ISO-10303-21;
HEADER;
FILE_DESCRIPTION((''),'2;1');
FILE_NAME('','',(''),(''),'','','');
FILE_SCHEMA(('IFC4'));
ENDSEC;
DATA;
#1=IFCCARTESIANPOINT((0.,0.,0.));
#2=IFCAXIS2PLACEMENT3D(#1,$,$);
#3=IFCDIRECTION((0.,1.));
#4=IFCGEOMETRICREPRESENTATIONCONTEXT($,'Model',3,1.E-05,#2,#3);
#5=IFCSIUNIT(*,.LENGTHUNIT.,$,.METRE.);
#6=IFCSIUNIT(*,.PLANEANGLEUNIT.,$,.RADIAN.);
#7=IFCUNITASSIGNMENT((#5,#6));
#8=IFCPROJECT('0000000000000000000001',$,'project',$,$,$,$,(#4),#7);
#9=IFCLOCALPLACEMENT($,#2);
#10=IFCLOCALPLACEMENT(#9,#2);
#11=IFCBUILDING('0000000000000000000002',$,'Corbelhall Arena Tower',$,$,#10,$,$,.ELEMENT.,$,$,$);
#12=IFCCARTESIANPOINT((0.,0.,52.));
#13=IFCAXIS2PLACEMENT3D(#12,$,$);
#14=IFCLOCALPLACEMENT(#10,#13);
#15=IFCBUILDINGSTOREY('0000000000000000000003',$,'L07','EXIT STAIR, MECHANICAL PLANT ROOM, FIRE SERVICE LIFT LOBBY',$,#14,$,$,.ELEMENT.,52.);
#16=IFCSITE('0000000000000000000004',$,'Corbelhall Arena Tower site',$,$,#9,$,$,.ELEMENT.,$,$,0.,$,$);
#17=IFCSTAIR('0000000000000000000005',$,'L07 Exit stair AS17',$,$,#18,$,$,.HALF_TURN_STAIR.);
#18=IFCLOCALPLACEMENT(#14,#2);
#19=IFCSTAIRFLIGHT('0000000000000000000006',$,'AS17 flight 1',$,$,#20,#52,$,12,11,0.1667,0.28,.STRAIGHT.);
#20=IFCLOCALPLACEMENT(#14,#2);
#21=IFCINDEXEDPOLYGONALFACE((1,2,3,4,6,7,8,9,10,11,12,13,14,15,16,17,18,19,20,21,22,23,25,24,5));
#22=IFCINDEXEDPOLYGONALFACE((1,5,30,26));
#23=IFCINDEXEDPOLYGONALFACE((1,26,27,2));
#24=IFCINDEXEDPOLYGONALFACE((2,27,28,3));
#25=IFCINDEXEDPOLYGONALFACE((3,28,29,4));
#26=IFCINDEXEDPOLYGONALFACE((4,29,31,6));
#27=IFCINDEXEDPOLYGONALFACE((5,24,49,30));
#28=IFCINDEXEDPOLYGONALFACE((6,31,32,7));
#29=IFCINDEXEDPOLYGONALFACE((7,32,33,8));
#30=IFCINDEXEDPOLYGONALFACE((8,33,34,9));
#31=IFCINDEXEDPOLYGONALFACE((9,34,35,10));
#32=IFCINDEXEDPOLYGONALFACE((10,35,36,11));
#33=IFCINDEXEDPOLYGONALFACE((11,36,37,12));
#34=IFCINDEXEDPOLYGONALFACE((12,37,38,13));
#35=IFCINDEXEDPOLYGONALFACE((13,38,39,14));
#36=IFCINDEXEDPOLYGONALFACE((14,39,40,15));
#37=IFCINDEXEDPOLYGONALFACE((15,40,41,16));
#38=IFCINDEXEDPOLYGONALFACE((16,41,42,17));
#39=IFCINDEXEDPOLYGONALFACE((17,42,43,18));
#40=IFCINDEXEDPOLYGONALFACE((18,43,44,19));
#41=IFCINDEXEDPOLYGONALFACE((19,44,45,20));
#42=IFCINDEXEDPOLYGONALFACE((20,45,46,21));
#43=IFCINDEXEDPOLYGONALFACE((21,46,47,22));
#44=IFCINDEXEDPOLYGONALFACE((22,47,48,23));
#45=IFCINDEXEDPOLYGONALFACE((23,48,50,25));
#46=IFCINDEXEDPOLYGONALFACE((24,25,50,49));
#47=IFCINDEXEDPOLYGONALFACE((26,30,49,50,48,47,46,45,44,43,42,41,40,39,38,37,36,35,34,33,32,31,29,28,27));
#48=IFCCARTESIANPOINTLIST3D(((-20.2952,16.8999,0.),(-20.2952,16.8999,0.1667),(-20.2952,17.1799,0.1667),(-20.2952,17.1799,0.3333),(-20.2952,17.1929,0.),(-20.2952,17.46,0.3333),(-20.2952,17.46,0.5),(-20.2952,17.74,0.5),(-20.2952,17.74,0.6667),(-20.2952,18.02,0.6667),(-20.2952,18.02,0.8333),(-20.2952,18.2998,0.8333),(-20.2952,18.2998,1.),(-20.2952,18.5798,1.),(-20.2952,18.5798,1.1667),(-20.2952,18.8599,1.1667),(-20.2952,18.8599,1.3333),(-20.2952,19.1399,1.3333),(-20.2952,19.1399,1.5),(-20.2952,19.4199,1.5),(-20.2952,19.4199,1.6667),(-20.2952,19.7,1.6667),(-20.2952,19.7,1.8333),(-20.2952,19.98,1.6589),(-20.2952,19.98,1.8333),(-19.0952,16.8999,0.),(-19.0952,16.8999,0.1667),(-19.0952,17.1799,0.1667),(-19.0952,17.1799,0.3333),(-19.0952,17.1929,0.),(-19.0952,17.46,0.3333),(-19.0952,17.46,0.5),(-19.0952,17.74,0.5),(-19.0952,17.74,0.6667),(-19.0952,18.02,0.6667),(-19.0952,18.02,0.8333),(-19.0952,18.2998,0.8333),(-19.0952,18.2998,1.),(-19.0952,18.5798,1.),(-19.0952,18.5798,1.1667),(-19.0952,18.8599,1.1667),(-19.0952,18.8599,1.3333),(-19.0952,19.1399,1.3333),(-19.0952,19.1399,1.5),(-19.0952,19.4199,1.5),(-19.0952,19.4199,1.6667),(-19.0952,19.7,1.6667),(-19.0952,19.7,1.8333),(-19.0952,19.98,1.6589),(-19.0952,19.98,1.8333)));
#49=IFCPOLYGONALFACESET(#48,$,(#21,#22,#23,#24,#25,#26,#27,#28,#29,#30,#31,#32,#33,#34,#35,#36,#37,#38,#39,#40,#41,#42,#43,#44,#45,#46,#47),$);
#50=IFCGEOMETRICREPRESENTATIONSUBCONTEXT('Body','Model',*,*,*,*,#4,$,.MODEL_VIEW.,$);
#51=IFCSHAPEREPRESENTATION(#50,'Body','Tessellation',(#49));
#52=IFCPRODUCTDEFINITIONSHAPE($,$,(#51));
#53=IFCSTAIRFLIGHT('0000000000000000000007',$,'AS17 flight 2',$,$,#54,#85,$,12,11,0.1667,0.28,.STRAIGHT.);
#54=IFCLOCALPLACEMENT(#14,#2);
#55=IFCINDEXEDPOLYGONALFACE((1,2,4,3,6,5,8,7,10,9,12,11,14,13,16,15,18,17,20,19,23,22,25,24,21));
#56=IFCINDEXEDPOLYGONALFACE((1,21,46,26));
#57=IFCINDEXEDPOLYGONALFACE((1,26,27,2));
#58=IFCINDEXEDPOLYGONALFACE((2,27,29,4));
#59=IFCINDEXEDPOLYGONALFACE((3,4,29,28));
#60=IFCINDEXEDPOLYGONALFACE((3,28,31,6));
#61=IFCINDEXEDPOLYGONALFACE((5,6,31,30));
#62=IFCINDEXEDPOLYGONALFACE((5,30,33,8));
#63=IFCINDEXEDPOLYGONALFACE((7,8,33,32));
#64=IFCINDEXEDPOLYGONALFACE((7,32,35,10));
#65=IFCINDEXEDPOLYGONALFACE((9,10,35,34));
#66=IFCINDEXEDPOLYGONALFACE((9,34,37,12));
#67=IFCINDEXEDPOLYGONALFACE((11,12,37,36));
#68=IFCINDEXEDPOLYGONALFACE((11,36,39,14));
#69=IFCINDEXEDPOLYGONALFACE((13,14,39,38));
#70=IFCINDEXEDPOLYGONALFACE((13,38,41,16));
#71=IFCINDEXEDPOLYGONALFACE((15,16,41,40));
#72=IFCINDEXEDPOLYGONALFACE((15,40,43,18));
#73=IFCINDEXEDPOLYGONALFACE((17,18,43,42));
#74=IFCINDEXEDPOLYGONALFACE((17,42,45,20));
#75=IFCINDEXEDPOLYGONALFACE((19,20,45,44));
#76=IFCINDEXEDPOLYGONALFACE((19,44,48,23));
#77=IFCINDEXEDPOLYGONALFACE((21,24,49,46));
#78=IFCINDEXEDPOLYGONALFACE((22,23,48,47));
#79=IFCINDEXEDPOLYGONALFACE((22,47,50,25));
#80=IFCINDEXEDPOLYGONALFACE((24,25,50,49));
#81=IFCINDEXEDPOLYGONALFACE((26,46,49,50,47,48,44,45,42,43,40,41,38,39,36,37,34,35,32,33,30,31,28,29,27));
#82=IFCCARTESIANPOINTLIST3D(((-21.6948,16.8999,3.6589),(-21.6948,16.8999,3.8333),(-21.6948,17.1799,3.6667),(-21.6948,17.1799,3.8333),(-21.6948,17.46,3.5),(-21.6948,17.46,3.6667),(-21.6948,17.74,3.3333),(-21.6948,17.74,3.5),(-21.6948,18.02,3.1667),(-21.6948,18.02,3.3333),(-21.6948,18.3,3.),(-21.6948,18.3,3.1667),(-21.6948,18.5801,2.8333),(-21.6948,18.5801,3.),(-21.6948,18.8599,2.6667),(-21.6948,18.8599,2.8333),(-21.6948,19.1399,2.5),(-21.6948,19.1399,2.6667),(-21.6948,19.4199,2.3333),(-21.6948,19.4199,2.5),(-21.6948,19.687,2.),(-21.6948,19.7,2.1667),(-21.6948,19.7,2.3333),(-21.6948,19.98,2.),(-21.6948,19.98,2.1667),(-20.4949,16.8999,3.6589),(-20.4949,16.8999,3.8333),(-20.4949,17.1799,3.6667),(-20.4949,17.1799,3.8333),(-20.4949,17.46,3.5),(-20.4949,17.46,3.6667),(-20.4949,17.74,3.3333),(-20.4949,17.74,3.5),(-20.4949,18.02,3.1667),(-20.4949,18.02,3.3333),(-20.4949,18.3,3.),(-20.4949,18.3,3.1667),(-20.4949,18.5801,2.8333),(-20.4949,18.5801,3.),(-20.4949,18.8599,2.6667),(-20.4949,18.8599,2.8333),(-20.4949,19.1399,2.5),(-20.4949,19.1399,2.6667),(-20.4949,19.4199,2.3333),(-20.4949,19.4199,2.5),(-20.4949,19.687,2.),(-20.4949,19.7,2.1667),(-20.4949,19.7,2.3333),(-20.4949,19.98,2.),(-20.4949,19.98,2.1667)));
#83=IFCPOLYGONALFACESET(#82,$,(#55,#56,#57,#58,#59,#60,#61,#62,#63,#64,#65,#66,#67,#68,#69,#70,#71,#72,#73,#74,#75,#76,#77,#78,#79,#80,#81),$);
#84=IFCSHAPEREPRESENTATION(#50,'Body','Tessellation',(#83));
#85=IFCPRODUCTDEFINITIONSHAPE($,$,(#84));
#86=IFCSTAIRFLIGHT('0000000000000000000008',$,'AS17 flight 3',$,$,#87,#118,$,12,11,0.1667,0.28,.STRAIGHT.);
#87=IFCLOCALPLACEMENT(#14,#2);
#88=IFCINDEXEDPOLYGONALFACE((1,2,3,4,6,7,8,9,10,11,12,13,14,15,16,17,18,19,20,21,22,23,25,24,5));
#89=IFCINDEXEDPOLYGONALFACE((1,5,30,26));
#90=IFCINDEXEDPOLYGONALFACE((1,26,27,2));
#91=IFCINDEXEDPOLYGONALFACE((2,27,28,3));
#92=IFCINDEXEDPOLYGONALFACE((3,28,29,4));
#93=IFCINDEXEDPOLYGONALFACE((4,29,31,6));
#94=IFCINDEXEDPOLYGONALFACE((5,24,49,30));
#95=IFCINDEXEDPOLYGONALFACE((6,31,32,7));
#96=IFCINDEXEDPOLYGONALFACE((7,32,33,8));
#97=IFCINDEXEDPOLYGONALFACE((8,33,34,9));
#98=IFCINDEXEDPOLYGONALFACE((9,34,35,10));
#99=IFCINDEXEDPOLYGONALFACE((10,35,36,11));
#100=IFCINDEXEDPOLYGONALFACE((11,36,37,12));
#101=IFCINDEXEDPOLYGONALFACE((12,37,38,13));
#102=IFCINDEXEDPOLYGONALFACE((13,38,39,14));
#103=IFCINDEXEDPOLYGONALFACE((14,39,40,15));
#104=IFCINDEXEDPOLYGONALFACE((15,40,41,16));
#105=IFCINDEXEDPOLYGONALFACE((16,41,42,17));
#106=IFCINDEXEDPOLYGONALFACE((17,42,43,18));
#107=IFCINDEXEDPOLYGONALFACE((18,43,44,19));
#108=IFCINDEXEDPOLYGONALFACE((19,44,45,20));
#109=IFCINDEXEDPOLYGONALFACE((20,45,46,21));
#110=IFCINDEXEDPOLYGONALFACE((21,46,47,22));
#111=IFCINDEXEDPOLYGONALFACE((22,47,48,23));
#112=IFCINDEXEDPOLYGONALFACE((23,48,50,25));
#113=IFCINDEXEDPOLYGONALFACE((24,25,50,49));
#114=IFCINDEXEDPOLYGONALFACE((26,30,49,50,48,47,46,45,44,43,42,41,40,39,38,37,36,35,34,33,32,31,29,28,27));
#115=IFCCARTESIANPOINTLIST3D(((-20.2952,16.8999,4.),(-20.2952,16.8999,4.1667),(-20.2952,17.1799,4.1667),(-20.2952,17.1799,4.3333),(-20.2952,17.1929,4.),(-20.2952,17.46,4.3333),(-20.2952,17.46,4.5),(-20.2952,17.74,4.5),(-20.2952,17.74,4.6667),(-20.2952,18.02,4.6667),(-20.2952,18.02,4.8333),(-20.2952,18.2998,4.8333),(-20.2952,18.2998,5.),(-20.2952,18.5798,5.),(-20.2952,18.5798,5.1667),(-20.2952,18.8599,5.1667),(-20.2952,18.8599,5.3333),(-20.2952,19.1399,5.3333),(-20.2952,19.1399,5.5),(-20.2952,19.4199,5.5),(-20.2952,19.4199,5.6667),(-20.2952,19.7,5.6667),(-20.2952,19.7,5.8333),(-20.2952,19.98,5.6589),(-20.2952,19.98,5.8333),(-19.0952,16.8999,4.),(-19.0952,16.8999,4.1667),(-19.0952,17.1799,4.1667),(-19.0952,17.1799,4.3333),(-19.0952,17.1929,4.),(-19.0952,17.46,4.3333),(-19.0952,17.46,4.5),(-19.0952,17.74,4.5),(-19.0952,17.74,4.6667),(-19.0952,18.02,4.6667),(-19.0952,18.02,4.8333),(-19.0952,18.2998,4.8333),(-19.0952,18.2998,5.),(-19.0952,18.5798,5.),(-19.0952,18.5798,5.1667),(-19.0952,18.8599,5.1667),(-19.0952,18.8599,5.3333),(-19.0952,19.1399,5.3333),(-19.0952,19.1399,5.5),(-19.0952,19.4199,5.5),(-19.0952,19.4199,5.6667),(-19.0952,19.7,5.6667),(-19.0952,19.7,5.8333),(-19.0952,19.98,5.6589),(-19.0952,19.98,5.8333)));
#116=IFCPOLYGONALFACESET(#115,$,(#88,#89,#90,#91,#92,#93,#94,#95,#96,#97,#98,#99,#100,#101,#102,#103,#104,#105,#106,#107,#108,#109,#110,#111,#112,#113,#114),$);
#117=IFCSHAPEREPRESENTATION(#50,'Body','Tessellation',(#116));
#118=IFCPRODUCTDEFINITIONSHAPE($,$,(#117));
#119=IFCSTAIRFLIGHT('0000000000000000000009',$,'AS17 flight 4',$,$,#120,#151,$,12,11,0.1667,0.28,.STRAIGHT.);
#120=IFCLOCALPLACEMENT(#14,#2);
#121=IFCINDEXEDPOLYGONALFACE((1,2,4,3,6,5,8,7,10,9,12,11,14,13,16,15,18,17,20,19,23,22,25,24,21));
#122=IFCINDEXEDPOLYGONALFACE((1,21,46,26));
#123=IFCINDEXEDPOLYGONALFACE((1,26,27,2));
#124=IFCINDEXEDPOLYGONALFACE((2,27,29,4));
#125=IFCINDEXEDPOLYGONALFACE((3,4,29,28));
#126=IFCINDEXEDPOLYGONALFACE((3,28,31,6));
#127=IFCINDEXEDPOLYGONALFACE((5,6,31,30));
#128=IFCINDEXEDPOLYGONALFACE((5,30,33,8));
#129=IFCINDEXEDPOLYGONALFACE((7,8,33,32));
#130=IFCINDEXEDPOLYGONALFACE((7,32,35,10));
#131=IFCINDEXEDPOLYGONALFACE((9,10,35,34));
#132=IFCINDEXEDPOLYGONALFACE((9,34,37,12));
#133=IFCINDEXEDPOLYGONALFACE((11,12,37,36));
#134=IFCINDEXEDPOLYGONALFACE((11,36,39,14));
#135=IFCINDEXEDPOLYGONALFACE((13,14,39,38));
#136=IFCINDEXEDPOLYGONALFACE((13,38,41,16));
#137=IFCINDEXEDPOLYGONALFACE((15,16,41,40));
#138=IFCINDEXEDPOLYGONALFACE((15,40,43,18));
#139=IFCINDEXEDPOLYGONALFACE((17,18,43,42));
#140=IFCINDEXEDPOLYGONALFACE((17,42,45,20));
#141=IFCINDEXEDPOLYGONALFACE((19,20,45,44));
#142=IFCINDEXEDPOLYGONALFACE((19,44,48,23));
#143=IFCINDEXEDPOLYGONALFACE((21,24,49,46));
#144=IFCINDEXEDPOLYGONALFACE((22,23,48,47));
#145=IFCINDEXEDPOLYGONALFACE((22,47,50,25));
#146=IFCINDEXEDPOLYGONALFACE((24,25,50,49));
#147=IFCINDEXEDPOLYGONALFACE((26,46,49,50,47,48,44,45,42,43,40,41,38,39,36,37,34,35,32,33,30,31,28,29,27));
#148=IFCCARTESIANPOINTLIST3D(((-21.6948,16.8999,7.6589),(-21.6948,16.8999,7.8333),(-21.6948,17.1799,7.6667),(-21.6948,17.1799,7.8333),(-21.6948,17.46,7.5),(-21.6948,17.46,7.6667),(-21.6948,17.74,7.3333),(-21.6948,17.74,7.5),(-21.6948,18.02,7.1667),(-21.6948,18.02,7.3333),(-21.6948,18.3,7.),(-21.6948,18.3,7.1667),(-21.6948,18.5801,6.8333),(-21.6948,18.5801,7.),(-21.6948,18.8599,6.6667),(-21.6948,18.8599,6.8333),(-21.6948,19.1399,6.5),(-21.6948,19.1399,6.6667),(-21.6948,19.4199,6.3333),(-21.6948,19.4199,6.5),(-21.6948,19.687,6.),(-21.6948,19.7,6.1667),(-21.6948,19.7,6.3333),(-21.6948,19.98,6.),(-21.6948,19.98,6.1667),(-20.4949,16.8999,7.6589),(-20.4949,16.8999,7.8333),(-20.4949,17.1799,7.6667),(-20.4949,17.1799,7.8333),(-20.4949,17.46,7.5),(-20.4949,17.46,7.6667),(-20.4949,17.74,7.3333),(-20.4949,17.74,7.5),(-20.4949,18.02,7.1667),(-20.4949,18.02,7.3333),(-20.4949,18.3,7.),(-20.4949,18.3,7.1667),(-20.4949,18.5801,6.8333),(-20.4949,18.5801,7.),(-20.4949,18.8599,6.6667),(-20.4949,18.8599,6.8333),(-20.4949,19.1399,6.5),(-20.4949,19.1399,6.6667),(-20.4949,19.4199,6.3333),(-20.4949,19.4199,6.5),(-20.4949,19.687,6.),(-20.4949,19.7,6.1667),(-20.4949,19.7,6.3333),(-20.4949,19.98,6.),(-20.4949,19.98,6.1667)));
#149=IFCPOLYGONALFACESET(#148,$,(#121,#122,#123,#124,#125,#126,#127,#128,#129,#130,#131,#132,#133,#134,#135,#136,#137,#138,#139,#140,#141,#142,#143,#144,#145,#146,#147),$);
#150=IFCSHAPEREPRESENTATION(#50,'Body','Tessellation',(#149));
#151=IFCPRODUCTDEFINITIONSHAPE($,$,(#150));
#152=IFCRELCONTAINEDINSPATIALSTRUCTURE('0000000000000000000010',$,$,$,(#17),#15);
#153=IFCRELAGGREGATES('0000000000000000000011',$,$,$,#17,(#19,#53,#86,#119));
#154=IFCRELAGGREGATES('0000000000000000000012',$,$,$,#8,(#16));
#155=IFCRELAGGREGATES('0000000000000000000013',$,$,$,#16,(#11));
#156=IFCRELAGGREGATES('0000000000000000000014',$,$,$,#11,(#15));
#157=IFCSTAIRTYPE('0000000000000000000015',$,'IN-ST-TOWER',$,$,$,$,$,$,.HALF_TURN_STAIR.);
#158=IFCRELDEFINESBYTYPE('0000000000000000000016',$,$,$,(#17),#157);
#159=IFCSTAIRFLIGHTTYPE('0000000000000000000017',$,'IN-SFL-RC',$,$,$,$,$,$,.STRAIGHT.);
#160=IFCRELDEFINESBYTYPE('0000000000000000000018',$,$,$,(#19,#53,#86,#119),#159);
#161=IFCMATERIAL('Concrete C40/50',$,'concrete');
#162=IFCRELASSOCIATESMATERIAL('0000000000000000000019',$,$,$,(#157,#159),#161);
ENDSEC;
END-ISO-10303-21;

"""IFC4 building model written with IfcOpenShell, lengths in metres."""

from ifc_helpers import new_model, si_unit, direction, frame, origin, place, context, subcontext, project, spatial, polyline, outline, extrude, material, type_object, element, aggregate, save


model = new_model("IFC4")

# Units and contexts
model_context = context("Model", 3, precision=1e-05, world=origin(), true_north=direction((0.0, 1.0)))
body_context = subcontext(model_context, "Body", "Model", "MODEL_VIEW")
ifc_project = project(units=[si_unit("LENGTHUNIT", "METRE"), si_unit("PLANEANGLEUNIT", "RADIAN")], contexts=[model_context])

# Site, building, storey
site_placement = place(None, origin())
site = spatial("IfcSite", under=ifc_project, at=site_placement, Name="Corbelhall Arena Tower site", CompositionType="ELEMENT", RefElevation=0.0)
building_placement = place(site_placement, origin())
building = spatial("IfcBuilding", under=site, at=building_placement, Name="Corbelhall Arena Tower", CompositionType="ELEMENT")
storey_placement = place(building_placement, frame((0.0, 0.0, 52.0)))
storey = spatial("IfcBuildingStorey", under=building, at=storey_placement, Name="L07", Description="EXIT STAIR, MECHANICAL PLANT ROOM, FIRE SERVICE LIFT LOBBY", CompositionType="ELEMENT", Elevation=52.0)

# Shared definitions
ifc_material_1 = material(Name="Concrete C40/50", Category="concrete")

# Stair, stair flights
stair_type = type_object("IfcStairType", Name="IN-ST-TOWER", PredefinedType="HALF_TURN_STAIR", material=ifc_material_1)
stair_placement = place(storey_placement, origin())
stair = element("IfcStair", 1, at=stair_placement, inside=storey, type_object=stair_type, Name="L07 Exit stair AS17", PredefinedType="HALF_TURN_STAIR")
stair_flight_type = type_object("IfcStairFlightType", Name="IN-SFL-RC", PredefinedType="STRAIGHT", material=ifc_material_1)
stair_flight_1_placement = place(storey_placement, frame((-19.6951, 16.8999, 0.0), z_axis=(0.0, 0.0, 1.0), x_axis=(0.0, 1.0, 0.0)))
stair_flight_1 = element("IfcStairFlight", 2, at=stair_flight_1_placement, type_object=stair_flight_type, Name="AS17 flight 1", NumberOfRisers=12, NumberOfTreads=11, PredefinedType="STRAIGHT", RiserHeight=0.1667, TreadLength=0.28, context=body_context, shape_type="SweptSolid", body=[
    extrude(outline(polyline([(0.0, 0.0), (0.0, 0.1667), (0.28, 0.1667), (0.28, 0.3333), (0.5601, 0.3333), (0.5601, 0.5), (0.8401, 0.5), (0.8401, 0.6667), (1.1201, 0.6667), (1.1201, 0.8333), (1.3999, 0.8333), (1.3999, 1.0), (1.6799, 1.0), (1.6799, 1.1667), (1.96, 1.1667), (1.96, 1.3333), (2.24, 1.3333), (2.24, 1.5), (2.52, 1.5), (2.52, 1.6667), (2.8, 1.6667), (2.8, 1.8333), (3.0801, 1.8333), (3.0801, 2.0), (3.0801, 1.6589), (0.293, 0.0), (0.0, 0.0)])), frame((0.0, 0.6001, 0.0), z_axis=(0.0, -1.0, 0.0), x_axis=(1.0, 0.0, 0.0)), (0.0, 0.0, 1.0), 1.2),
])
stair_flight_2_placement = place(storey_placement, frame((-21.095, 19.98, 2.0), z_axis=(0.0, 0.0, 1.0), x_axis=(0.0, -1.0, 0.0)))
stair_flight_2 = element("IfcStairFlight", 3, at=stair_flight_2_placement, type_object=stair_flight_type, Name="AS17 flight 2", NumberOfRisers=12, NumberOfTreads=11, PredefinedType="STRAIGHT", RiserHeight=0.1667, TreadLength=0.28, context=body_context, shape_type="SweptSolid", body=[
    extrude(outline(polyline([(0.0, 0.0), (0.0, 0.1667), (0.28, 0.1667), (0.28, 0.3333), (0.5601, 0.3333), (0.5601, 0.5), (0.8401, 0.5), (0.8401, 0.6667), (1.1201, 0.6667), (1.1201, 0.8333), (1.3999, 0.8333), (1.3999, 1.0), (1.6799, 1.0), (1.6799, 1.1667), (1.96, 1.1667), (1.96, 1.3333), (2.24, 1.3333), (2.24, 1.5), (2.52, 1.5), (2.52, 1.6667), (2.8, 1.6667), (2.8, 1.8333), (3.0801, 1.8333), (3.0801, 2.0), (3.0801, 1.6589), (0.293, 0.0), (0.0, 0.0)])), frame((0.0, 0.6001, 0.0), z_axis=(0.0, -1.0, 0.0), x_axis=(1.0, 0.0, 0.0)), (0.0, 0.0, 1.0), 1.2),
])
stair_flight_3_placement = place(storey_placement, frame((-19.6951, 16.8999, 4.0), z_axis=(0.0, 0.0, 1.0), x_axis=(0.0, 1.0, 0.0)))
stair_flight_3 = element("IfcStairFlight", 4, at=stair_flight_3_placement, type_object=stair_flight_type, Name="AS17 flight 3", NumberOfRisers=12, NumberOfTreads=11, PredefinedType="STRAIGHT", RiserHeight=0.1667, TreadLength=0.28, context=body_context, shape_type="SweptSolid", body=[
    extrude(outline(polyline([(0.0, 0.0), (0.0, 0.1667), (0.28, 0.1667), (0.28, 0.3333), (0.5601, 0.3333), (0.5601, 0.5), (0.8401, 0.5), (0.8401, 0.6667), (1.1201, 0.6667), (1.1201, 0.8333), (1.3999, 0.8333), (1.3999, 1.0), (1.6799, 1.0), (1.6799, 1.1667), (1.96, 1.1667), (1.96, 1.3333), (2.24, 1.3333), (2.24, 1.5), (2.52, 1.5), (2.52, 1.6667), (2.8, 1.6667), (2.8, 1.8333), (3.0801, 1.8333), (3.0801, 2.0), (3.0801, 1.6589), (0.293, 0.0), (0.0, 0.0)])), frame((0.0, 0.6001, 0.0), z_axis=(0.0, -1.0, 0.0), x_axis=(1.0, 0.0, 0.0)), (0.0, 0.0, 1.0), 1.2),
])
stair_flight_4_placement = place(storey_placement, frame((-21.095, 19.98, 6.0), z_axis=(0.0, 0.0, 1.0), x_axis=(0.0, -1.0, 0.0)))
stair_flight_4 = element("IfcStairFlight", 5, at=stair_flight_4_placement, type_object=stair_flight_type, Name="AS17 flight 4", NumberOfRisers=12, NumberOfTreads=11, PredefinedType="STRAIGHT", RiserHeight=0.1667, TreadLength=0.28, context=body_context, shape_type="SweptSolid", body=[
    extrude(outline(polyline([(0.0, 0.0), (0.0, 0.1667), (0.28, 0.1667), (0.28, 0.3333), (0.5601, 0.3333), (0.5601, 0.5), (0.8401, 0.5), (0.8401, 0.6667), (1.1201, 0.6667), (1.1201, 0.8333), (1.3999, 0.8333), (1.3999, 1.0), (1.6799, 1.0), (1.6799, 1.1667), (1.96, 1.1667), (1.96, 1.3333), (2.24, 1.3333), (2.24, 1.5), (2.52, 1.5), (2.52, 1.6667), (2.8, 1.6667), (2.8, 1.8333), (3.0801, 1.8333), (3.0801, 2.0), (3.0801, 1.6589), (0.293, 0.0), (0.0, 0.0)])), frame((0.0, 0.6001, 0.0), z_axis=(0.0, -1.0, 0.0), x_axis=(1.0, 0.0, 0.0)), (0.0, 0.0, 1.0), 1.2),
])
aggregate(stair, [stair_flight_1, stair_flight_2, stair_flight_3, stair_flight_4])

save(model, "model.ifc")
